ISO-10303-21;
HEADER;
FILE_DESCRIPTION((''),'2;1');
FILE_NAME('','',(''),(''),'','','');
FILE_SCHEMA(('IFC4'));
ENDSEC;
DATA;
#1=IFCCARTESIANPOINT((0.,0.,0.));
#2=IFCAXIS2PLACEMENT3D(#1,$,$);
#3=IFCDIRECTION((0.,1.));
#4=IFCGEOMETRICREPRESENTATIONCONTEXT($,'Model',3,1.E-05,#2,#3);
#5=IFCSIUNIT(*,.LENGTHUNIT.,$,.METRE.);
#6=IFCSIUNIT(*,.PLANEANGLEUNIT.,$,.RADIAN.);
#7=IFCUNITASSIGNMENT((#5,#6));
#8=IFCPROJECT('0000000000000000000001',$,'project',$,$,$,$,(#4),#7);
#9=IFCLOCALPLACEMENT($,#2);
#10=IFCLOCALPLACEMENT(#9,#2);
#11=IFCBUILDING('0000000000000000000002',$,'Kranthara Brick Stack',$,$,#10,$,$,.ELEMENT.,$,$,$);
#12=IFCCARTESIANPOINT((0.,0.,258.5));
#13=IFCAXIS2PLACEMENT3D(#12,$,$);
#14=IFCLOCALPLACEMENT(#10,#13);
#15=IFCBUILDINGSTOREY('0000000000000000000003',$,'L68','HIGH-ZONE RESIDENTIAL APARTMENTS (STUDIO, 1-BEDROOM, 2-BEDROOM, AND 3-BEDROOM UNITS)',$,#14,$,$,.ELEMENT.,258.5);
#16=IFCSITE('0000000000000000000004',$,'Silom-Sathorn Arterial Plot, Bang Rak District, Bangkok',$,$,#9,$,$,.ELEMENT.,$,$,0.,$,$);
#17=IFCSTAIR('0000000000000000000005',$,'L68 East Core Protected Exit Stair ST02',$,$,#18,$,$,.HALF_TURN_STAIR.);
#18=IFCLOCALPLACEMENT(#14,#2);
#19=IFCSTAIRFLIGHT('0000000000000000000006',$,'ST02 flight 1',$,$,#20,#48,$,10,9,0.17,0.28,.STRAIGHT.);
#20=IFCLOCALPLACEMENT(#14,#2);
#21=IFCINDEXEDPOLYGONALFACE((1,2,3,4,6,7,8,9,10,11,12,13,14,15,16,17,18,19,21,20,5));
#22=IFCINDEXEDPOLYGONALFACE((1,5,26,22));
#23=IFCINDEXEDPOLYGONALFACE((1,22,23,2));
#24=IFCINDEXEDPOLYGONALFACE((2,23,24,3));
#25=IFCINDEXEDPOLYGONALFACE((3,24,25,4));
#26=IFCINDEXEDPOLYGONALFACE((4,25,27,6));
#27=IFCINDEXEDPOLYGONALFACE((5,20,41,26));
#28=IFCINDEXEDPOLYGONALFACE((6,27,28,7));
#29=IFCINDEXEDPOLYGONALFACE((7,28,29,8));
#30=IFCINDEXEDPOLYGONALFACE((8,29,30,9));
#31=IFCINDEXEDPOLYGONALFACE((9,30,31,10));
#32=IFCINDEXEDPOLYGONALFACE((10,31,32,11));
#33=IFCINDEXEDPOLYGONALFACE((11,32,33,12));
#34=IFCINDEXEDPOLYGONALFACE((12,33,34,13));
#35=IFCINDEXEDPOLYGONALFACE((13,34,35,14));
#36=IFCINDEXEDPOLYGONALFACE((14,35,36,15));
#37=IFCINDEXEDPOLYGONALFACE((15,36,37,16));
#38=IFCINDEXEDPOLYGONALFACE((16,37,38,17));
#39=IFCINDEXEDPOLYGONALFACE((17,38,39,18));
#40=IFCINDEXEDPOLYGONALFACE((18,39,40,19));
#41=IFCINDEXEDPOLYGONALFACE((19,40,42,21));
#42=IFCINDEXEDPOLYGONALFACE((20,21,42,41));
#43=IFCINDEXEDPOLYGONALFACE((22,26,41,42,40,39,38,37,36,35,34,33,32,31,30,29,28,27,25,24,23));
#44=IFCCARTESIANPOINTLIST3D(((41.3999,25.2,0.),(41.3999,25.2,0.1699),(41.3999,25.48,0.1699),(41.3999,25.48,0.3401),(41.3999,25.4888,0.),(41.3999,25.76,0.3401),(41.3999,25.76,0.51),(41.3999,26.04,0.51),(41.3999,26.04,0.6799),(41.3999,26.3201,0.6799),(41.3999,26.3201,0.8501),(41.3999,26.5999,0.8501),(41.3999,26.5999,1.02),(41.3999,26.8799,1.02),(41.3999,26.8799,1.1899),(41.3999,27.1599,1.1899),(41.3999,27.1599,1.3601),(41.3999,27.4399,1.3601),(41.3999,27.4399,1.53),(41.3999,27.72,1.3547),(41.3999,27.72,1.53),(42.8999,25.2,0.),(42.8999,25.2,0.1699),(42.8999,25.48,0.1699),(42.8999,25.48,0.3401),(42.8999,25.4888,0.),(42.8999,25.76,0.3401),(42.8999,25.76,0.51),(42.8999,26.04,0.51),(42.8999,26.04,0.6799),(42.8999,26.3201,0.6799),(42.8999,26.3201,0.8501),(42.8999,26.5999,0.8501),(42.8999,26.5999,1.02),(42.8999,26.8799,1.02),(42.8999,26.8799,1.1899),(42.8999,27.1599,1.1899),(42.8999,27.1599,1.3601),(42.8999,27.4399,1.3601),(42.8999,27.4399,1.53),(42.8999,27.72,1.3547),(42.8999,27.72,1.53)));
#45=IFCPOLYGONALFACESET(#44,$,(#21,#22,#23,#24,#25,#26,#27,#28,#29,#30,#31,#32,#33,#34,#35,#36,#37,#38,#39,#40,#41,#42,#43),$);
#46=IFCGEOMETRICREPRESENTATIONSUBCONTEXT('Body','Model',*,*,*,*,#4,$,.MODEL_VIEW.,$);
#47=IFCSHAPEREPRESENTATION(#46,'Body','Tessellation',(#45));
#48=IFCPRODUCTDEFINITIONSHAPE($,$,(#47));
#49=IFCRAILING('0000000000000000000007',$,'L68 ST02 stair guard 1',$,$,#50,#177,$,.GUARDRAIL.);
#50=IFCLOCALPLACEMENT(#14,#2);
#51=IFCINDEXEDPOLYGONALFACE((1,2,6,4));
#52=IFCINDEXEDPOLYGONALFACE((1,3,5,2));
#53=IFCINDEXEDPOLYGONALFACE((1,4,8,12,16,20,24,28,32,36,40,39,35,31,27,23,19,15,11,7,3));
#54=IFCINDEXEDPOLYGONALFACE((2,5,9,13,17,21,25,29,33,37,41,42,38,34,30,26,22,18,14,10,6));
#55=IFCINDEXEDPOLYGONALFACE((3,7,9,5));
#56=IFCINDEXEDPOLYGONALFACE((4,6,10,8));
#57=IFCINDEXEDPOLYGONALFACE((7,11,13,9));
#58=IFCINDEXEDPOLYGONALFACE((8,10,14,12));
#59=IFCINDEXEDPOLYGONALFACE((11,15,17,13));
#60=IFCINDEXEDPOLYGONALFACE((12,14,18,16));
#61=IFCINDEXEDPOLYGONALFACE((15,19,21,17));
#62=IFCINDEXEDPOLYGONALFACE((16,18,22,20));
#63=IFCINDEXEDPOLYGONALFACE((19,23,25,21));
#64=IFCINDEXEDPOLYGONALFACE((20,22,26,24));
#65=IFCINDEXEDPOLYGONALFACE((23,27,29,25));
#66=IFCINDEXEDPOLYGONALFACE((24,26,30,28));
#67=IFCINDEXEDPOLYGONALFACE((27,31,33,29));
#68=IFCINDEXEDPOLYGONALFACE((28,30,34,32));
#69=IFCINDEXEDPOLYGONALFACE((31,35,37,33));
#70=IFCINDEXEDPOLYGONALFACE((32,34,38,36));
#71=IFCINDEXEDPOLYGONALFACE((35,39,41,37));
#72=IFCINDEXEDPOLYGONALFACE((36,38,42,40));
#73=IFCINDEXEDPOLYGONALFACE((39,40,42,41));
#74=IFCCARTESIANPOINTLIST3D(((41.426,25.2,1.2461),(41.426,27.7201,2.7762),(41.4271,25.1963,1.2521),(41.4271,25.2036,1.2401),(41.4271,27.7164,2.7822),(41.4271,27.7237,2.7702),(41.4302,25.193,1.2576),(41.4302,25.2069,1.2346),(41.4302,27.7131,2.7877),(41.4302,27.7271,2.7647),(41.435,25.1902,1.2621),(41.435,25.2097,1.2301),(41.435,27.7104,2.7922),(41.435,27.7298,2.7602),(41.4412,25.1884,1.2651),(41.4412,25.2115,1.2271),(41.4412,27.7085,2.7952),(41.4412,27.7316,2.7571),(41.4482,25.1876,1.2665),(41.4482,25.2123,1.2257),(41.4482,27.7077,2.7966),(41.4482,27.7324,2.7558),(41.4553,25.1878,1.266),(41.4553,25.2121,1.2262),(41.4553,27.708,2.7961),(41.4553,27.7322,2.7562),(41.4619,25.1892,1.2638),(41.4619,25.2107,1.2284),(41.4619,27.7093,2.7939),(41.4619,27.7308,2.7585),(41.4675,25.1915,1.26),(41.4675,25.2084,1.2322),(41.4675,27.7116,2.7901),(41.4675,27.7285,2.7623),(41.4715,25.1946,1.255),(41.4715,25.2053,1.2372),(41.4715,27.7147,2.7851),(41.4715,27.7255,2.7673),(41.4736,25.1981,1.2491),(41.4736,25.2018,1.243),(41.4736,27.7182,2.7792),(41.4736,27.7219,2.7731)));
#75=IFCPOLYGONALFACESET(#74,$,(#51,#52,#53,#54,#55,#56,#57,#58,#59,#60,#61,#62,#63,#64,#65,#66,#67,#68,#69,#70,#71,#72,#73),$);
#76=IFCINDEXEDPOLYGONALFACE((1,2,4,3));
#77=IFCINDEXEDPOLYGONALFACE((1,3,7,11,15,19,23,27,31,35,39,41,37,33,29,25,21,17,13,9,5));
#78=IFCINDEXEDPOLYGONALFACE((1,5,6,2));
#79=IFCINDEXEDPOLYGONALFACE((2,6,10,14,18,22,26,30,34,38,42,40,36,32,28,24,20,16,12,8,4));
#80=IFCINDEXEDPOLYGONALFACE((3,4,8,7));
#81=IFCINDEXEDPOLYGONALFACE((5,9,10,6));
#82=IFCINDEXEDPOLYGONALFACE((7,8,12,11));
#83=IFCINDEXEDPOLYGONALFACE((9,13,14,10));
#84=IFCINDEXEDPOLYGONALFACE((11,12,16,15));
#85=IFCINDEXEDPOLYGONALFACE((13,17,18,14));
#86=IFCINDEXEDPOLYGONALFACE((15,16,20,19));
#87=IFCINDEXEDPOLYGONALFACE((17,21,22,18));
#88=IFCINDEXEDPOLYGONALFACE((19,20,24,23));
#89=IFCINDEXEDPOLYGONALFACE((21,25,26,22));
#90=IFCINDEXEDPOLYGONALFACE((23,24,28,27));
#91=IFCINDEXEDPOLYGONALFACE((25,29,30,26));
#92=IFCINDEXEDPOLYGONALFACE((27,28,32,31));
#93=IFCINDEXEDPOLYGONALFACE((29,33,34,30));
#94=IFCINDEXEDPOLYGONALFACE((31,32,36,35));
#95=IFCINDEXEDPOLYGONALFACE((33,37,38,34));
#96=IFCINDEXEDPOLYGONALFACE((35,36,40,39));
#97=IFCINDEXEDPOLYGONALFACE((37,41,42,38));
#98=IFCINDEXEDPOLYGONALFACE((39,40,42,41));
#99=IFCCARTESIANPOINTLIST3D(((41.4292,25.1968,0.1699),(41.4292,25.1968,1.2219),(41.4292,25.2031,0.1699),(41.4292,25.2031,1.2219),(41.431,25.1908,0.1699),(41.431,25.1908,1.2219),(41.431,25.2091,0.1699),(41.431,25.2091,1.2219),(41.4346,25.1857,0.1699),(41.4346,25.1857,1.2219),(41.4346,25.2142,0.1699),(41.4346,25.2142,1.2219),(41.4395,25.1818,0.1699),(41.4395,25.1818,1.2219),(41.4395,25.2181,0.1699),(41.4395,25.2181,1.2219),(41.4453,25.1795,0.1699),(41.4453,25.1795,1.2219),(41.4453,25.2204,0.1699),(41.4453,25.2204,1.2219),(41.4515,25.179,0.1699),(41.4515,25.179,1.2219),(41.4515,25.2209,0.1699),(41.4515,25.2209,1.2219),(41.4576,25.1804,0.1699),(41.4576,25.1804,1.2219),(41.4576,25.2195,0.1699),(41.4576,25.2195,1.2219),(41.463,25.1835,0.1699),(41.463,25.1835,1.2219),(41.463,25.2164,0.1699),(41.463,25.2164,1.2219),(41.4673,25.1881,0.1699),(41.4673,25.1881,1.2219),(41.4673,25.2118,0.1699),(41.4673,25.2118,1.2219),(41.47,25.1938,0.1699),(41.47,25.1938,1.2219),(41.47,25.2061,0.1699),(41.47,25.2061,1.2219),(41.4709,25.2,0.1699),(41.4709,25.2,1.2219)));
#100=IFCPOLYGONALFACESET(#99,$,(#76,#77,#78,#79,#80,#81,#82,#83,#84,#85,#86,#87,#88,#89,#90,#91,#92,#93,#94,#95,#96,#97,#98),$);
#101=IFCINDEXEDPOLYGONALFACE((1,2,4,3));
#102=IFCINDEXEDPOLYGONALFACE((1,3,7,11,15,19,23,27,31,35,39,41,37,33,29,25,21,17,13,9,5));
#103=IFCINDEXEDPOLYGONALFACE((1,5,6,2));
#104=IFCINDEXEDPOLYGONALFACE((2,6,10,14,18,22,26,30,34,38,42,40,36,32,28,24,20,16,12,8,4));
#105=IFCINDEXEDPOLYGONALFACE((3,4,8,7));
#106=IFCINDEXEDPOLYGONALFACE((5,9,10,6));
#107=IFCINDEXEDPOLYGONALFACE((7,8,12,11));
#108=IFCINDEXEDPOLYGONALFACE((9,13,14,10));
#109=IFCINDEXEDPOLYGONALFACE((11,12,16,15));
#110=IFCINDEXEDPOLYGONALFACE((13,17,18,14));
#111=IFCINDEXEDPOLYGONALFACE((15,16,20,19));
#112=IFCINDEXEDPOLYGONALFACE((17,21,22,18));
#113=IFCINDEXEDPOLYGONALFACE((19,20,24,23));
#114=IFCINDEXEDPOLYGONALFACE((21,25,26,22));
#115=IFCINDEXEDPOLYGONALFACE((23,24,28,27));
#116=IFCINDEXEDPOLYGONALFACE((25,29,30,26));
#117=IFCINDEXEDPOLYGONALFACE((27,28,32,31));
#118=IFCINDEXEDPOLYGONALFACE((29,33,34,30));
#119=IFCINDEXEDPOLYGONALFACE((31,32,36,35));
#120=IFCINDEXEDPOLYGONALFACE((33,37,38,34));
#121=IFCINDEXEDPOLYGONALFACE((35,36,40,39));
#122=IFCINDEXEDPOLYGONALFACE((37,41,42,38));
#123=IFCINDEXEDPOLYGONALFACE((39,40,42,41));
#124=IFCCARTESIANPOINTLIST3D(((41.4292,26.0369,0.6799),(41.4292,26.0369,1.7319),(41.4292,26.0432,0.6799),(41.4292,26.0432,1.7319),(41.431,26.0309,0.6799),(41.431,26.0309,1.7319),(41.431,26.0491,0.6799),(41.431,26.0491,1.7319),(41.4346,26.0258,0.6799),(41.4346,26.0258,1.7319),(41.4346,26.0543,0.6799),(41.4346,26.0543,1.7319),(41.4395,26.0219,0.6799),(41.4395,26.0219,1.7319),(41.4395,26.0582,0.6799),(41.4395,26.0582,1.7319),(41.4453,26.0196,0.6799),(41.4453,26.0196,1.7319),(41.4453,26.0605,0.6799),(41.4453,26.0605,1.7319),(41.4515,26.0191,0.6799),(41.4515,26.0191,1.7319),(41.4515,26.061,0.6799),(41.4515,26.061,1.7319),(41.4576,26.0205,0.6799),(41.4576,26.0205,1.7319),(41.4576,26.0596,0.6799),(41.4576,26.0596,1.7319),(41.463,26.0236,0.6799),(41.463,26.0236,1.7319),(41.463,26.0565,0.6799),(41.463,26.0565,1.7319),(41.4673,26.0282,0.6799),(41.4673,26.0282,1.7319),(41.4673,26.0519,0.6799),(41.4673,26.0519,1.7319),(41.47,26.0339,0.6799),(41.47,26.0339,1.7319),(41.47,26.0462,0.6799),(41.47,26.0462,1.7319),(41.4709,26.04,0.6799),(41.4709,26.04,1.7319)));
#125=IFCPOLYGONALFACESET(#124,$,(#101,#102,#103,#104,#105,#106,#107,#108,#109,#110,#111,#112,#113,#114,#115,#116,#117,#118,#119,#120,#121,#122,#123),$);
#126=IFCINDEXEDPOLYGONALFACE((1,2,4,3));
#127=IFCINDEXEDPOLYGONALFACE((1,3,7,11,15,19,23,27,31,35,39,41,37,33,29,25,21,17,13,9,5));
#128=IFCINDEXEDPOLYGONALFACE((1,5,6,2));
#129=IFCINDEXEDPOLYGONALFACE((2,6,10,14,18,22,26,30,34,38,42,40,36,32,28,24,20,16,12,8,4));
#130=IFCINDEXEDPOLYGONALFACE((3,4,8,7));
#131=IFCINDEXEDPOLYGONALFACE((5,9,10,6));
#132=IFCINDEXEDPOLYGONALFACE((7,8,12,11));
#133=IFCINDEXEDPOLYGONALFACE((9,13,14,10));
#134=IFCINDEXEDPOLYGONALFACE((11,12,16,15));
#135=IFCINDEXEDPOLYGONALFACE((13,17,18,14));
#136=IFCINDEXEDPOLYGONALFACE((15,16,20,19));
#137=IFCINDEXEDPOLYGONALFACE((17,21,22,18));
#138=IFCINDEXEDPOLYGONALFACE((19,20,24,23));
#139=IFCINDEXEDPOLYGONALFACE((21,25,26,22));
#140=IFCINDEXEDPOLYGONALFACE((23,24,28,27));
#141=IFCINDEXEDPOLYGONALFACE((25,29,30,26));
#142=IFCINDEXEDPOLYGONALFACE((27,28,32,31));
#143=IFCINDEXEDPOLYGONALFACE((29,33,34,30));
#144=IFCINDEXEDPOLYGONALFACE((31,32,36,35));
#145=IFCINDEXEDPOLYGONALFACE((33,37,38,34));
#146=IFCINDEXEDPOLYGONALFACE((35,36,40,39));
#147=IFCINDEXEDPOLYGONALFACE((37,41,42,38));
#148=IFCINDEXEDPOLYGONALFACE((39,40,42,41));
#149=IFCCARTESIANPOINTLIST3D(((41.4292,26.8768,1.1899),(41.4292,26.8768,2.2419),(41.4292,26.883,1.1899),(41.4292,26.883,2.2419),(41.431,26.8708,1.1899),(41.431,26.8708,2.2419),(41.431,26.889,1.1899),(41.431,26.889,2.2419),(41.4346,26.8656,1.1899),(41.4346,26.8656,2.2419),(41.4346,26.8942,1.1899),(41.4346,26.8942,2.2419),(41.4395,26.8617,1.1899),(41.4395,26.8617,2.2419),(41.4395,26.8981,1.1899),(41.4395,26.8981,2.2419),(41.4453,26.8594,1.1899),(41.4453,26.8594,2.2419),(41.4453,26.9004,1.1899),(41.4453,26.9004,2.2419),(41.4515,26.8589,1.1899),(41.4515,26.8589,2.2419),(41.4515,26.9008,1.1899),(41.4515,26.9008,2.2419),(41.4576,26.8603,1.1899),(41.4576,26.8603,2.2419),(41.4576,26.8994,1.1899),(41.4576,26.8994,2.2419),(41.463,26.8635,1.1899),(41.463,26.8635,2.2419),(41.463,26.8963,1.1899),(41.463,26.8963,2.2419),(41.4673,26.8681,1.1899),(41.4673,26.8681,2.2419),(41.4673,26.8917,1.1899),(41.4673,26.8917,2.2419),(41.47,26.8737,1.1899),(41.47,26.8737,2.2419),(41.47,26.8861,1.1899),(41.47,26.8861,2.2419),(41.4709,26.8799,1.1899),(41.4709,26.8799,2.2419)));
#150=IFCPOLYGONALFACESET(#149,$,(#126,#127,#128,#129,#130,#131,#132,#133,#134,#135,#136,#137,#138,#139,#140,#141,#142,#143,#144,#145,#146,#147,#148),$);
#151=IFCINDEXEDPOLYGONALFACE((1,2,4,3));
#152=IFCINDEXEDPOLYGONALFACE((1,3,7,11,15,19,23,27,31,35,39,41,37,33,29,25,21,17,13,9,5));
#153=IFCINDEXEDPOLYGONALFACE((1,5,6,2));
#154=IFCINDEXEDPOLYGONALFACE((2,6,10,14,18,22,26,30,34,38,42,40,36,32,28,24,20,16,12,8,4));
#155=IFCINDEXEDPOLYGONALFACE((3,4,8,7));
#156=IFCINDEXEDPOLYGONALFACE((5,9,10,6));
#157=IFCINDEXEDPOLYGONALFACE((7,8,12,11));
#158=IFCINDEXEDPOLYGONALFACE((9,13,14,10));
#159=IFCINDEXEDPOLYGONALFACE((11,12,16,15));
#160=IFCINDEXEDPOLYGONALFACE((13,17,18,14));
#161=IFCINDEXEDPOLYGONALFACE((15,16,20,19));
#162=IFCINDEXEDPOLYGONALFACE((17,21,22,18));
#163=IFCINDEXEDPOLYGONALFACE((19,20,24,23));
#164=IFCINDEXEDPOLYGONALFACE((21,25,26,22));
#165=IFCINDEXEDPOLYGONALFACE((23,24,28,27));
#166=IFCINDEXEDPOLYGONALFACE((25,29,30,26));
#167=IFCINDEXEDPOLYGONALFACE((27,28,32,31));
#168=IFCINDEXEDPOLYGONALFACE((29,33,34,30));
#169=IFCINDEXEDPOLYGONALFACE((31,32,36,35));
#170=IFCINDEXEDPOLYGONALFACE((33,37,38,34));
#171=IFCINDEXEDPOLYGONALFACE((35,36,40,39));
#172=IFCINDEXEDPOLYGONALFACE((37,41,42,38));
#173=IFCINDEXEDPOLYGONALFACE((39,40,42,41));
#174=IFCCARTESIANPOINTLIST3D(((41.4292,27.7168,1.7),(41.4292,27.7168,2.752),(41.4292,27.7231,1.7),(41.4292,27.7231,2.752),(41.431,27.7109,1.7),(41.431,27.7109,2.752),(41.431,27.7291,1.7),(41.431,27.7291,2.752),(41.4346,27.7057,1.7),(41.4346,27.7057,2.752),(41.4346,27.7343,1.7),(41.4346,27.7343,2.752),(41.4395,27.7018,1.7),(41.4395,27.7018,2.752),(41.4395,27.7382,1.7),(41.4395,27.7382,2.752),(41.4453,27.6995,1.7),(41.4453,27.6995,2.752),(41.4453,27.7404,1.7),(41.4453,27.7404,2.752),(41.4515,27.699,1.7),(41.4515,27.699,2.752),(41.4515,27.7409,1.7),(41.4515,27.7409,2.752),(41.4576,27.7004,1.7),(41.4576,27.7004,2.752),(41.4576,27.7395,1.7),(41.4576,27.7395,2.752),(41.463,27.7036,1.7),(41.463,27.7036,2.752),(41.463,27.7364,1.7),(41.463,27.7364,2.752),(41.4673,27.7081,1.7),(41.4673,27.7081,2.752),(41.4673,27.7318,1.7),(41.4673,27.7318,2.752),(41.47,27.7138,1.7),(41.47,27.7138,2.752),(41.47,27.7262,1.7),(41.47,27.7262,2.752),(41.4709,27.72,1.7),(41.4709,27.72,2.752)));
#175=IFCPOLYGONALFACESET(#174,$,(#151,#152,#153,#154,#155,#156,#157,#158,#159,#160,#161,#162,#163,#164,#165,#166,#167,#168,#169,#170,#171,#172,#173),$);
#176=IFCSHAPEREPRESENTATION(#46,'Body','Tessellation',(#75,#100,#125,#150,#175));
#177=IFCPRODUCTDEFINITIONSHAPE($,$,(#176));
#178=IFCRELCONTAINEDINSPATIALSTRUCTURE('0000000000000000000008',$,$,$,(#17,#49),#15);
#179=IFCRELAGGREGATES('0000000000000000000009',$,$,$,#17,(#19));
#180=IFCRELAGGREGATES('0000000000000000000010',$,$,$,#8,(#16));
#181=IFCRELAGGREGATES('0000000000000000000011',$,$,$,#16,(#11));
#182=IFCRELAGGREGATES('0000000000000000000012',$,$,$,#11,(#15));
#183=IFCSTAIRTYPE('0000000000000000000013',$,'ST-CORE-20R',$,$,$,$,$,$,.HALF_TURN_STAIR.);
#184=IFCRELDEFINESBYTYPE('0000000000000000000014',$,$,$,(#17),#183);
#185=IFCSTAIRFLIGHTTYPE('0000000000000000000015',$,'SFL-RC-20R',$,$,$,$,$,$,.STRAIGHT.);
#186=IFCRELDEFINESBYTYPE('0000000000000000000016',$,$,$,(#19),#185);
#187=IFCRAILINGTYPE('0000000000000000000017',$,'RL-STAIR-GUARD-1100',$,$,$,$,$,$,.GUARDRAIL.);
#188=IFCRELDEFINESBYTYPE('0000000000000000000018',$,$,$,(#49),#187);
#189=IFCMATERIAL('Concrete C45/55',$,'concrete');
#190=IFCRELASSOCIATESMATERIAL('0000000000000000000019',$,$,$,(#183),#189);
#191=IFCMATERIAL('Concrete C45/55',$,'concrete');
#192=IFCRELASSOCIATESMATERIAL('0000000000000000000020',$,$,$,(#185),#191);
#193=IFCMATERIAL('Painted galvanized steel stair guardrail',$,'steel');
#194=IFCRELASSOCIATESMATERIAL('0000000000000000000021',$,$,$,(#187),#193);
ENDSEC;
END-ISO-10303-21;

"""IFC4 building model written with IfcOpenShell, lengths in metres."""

from ifc_helpers import new_model, si_unit, direction, frame, origin, origin_2d, place, context, subcontext, project, spatial, polyline, circle, outline, extrude, material, type_object, element, aggregate, save


model = new_model("IFC4")

# Units and contexts
model_context = context("Model", 3, precision=1e-05, world=origin(), true_north=direction((0.0, 1.0)))
body_context = subcontext(model_context, "Body", "Model", "MODEL_VIEW")
ifc_project = project(units=[si_unit("LENGTHUNIT", "METRE"), si_unit("PLANEANGLEUNIT", "RADIAN")], contexts=[model_context])

# Site, building, storey
site_placement = place(None, origin())
site = spatial("IfcSite", under=ifc_project, at=site_placement, Name="Silom-Sathorn Arterial Plot, Bang Rak District, Bangkok", CompositionType="ELEMENT", RefElevation=0.0)
building_placement = place(site_placement, origin())
building = spatial("IfcBuilding", under=site, at=building_placement, Name="Kranthara Brick Stack", CompositionType="ELEMENT")
storey_placement = place(building_placement, frame((0.0, 0.0, 258.5)))
storey = spatial("IfcBuildingStorey", under=building, at=storey_placement, Name="L68", Description="HIGH-ZONE RESIDENTIAL APARTMENTS (STUDIO, 1-BEDROOM, 2-BEDROOM, AND 3-BEDROOM UNITS)", CompositionType="ELEMENT", Elevation=258.5)

# Stair, stair flight
ifc_material_1 = material(Name="Concrete C45/55", Category="concrete")
stair_type = type_object("IfcStairType", Name="ST-CORE-20R", PredefinedType="HALF_TURN_STAIR", material=ifc_material_1)
stair_placement = place(storey_placement, origin())
stair = element("IfcStair", 1, at=stair_placement, inside=storey, type_object=stair_type, Name="L68 East Core Protected Exit Stair ST02", PredefinedType="HALF_TURN_STAIR")
ifc_material_2 = material(Name="Concrete C45/55", Category="concrete")
stair_flight_type = type_object("IfcStairFlightType", Name="SFL-RC-20R", PredefinedType="STRAIGHT", material=ifc_material_2)
stair_flight_placement = place(storey_placement, frame((42.1499, 25.2, 0.0), z_axis=(0.0, 0.0, 1.0), x_axis=(0.0, 1.0, 0.0)))
stair_flight = element("IfcStairFlight", 2, at=stair_flight_placement, type_object=stair_flight_type, Name="ST02 flight 1", NumberOfRisers=10, NumberOfTreads=9, PredefinedType="STRAIGHT", RiserHeight=0.17, TreadLength=0.28, context=body_context, shape_type="SweptSolid", body=[
    extrude(outline(polyline([(0.0, 0.0), (0.0, 0.1699), (0.28, 0.1699), (0.28, 0.3401), (0.5601, 0.3401), (0.5601, 0.51), (0.8401, 0.51), (0.8401, 0.6799), (1.1201, 0.6799), (1.1201, 0.8501), (1.3999, 0.8501), (1.3999, 1.02), (1.6799, 1.02), (1.6799, 1.1899), (1.96, 1.1899), (1.96, 1.3601), (2.24, 1.3601), (2.24, 1.53), (2.52, 1.53), (2.52, 1.7), (2.52, 1.3547), (0.2888, 0.0), (0.0, 0.0)])), frame((0.0, 0.75, 0.0), z_axis=(0.0, -1.0, 0.0), x_axis=(1.0, 0.0, 0.0)), (0.0, 0.0, 1.0), 1.5),
])
aggregate(stair, [stair_flight])

# Railing
ifc_material_3 = material(Name="Painted galvanized steel stair guardrail", Category="steel")
railing_type_1 = type_object("IfcRailingType", Name="RL-STAIR-GUARD-1100", PredefinedType="GUARDRAIL", material=ifc_material_3)
railing_1_placement = place(storey_placement, frame((41.45, 25.2, 0.1699)))
element("IfcRailing", 3, at=railing_1_placement, inside=storey, type_object=railing_type_1, Name="L68 ST02 stair guard 1", PredefinedType="GUARDRAIL", context=body_context, shape_type="SweptSolid", body=[
    extrude(circle(Radius=0.0239, at=origin_2d()), frame((0.0, 0.0, 1.0762), z_axis=(0.0, 0.854785, 0.518982), x_axis=(-1.0, 0.0, 0.0)), (0.0, 0.0, 1.0), 2.9482),
    extrude(circle(Radius=0.021, at=origin_2d()), origin(), (0.0, 0.0, 1.0), 1.052),
    extrude(circle(Radius=0.021, at=origin_2d()), frame((0.0, 0.8401, 0.51)), (0.0, 0.0, 1.0), 1.052),
    extrude(circle(Radius=0.021, at=origin_2d()), frame((0.0, 1.6799, 1.02)), (0.0, 0.0, 1.0), 1.052),
    extrude(circle(Radius=0.021, at=origin_2d()), frame((0.0, 2.52, 1.53)), (0.0, 0.0, 1.0), 1.052),
])

save(model, "model.ifc")
